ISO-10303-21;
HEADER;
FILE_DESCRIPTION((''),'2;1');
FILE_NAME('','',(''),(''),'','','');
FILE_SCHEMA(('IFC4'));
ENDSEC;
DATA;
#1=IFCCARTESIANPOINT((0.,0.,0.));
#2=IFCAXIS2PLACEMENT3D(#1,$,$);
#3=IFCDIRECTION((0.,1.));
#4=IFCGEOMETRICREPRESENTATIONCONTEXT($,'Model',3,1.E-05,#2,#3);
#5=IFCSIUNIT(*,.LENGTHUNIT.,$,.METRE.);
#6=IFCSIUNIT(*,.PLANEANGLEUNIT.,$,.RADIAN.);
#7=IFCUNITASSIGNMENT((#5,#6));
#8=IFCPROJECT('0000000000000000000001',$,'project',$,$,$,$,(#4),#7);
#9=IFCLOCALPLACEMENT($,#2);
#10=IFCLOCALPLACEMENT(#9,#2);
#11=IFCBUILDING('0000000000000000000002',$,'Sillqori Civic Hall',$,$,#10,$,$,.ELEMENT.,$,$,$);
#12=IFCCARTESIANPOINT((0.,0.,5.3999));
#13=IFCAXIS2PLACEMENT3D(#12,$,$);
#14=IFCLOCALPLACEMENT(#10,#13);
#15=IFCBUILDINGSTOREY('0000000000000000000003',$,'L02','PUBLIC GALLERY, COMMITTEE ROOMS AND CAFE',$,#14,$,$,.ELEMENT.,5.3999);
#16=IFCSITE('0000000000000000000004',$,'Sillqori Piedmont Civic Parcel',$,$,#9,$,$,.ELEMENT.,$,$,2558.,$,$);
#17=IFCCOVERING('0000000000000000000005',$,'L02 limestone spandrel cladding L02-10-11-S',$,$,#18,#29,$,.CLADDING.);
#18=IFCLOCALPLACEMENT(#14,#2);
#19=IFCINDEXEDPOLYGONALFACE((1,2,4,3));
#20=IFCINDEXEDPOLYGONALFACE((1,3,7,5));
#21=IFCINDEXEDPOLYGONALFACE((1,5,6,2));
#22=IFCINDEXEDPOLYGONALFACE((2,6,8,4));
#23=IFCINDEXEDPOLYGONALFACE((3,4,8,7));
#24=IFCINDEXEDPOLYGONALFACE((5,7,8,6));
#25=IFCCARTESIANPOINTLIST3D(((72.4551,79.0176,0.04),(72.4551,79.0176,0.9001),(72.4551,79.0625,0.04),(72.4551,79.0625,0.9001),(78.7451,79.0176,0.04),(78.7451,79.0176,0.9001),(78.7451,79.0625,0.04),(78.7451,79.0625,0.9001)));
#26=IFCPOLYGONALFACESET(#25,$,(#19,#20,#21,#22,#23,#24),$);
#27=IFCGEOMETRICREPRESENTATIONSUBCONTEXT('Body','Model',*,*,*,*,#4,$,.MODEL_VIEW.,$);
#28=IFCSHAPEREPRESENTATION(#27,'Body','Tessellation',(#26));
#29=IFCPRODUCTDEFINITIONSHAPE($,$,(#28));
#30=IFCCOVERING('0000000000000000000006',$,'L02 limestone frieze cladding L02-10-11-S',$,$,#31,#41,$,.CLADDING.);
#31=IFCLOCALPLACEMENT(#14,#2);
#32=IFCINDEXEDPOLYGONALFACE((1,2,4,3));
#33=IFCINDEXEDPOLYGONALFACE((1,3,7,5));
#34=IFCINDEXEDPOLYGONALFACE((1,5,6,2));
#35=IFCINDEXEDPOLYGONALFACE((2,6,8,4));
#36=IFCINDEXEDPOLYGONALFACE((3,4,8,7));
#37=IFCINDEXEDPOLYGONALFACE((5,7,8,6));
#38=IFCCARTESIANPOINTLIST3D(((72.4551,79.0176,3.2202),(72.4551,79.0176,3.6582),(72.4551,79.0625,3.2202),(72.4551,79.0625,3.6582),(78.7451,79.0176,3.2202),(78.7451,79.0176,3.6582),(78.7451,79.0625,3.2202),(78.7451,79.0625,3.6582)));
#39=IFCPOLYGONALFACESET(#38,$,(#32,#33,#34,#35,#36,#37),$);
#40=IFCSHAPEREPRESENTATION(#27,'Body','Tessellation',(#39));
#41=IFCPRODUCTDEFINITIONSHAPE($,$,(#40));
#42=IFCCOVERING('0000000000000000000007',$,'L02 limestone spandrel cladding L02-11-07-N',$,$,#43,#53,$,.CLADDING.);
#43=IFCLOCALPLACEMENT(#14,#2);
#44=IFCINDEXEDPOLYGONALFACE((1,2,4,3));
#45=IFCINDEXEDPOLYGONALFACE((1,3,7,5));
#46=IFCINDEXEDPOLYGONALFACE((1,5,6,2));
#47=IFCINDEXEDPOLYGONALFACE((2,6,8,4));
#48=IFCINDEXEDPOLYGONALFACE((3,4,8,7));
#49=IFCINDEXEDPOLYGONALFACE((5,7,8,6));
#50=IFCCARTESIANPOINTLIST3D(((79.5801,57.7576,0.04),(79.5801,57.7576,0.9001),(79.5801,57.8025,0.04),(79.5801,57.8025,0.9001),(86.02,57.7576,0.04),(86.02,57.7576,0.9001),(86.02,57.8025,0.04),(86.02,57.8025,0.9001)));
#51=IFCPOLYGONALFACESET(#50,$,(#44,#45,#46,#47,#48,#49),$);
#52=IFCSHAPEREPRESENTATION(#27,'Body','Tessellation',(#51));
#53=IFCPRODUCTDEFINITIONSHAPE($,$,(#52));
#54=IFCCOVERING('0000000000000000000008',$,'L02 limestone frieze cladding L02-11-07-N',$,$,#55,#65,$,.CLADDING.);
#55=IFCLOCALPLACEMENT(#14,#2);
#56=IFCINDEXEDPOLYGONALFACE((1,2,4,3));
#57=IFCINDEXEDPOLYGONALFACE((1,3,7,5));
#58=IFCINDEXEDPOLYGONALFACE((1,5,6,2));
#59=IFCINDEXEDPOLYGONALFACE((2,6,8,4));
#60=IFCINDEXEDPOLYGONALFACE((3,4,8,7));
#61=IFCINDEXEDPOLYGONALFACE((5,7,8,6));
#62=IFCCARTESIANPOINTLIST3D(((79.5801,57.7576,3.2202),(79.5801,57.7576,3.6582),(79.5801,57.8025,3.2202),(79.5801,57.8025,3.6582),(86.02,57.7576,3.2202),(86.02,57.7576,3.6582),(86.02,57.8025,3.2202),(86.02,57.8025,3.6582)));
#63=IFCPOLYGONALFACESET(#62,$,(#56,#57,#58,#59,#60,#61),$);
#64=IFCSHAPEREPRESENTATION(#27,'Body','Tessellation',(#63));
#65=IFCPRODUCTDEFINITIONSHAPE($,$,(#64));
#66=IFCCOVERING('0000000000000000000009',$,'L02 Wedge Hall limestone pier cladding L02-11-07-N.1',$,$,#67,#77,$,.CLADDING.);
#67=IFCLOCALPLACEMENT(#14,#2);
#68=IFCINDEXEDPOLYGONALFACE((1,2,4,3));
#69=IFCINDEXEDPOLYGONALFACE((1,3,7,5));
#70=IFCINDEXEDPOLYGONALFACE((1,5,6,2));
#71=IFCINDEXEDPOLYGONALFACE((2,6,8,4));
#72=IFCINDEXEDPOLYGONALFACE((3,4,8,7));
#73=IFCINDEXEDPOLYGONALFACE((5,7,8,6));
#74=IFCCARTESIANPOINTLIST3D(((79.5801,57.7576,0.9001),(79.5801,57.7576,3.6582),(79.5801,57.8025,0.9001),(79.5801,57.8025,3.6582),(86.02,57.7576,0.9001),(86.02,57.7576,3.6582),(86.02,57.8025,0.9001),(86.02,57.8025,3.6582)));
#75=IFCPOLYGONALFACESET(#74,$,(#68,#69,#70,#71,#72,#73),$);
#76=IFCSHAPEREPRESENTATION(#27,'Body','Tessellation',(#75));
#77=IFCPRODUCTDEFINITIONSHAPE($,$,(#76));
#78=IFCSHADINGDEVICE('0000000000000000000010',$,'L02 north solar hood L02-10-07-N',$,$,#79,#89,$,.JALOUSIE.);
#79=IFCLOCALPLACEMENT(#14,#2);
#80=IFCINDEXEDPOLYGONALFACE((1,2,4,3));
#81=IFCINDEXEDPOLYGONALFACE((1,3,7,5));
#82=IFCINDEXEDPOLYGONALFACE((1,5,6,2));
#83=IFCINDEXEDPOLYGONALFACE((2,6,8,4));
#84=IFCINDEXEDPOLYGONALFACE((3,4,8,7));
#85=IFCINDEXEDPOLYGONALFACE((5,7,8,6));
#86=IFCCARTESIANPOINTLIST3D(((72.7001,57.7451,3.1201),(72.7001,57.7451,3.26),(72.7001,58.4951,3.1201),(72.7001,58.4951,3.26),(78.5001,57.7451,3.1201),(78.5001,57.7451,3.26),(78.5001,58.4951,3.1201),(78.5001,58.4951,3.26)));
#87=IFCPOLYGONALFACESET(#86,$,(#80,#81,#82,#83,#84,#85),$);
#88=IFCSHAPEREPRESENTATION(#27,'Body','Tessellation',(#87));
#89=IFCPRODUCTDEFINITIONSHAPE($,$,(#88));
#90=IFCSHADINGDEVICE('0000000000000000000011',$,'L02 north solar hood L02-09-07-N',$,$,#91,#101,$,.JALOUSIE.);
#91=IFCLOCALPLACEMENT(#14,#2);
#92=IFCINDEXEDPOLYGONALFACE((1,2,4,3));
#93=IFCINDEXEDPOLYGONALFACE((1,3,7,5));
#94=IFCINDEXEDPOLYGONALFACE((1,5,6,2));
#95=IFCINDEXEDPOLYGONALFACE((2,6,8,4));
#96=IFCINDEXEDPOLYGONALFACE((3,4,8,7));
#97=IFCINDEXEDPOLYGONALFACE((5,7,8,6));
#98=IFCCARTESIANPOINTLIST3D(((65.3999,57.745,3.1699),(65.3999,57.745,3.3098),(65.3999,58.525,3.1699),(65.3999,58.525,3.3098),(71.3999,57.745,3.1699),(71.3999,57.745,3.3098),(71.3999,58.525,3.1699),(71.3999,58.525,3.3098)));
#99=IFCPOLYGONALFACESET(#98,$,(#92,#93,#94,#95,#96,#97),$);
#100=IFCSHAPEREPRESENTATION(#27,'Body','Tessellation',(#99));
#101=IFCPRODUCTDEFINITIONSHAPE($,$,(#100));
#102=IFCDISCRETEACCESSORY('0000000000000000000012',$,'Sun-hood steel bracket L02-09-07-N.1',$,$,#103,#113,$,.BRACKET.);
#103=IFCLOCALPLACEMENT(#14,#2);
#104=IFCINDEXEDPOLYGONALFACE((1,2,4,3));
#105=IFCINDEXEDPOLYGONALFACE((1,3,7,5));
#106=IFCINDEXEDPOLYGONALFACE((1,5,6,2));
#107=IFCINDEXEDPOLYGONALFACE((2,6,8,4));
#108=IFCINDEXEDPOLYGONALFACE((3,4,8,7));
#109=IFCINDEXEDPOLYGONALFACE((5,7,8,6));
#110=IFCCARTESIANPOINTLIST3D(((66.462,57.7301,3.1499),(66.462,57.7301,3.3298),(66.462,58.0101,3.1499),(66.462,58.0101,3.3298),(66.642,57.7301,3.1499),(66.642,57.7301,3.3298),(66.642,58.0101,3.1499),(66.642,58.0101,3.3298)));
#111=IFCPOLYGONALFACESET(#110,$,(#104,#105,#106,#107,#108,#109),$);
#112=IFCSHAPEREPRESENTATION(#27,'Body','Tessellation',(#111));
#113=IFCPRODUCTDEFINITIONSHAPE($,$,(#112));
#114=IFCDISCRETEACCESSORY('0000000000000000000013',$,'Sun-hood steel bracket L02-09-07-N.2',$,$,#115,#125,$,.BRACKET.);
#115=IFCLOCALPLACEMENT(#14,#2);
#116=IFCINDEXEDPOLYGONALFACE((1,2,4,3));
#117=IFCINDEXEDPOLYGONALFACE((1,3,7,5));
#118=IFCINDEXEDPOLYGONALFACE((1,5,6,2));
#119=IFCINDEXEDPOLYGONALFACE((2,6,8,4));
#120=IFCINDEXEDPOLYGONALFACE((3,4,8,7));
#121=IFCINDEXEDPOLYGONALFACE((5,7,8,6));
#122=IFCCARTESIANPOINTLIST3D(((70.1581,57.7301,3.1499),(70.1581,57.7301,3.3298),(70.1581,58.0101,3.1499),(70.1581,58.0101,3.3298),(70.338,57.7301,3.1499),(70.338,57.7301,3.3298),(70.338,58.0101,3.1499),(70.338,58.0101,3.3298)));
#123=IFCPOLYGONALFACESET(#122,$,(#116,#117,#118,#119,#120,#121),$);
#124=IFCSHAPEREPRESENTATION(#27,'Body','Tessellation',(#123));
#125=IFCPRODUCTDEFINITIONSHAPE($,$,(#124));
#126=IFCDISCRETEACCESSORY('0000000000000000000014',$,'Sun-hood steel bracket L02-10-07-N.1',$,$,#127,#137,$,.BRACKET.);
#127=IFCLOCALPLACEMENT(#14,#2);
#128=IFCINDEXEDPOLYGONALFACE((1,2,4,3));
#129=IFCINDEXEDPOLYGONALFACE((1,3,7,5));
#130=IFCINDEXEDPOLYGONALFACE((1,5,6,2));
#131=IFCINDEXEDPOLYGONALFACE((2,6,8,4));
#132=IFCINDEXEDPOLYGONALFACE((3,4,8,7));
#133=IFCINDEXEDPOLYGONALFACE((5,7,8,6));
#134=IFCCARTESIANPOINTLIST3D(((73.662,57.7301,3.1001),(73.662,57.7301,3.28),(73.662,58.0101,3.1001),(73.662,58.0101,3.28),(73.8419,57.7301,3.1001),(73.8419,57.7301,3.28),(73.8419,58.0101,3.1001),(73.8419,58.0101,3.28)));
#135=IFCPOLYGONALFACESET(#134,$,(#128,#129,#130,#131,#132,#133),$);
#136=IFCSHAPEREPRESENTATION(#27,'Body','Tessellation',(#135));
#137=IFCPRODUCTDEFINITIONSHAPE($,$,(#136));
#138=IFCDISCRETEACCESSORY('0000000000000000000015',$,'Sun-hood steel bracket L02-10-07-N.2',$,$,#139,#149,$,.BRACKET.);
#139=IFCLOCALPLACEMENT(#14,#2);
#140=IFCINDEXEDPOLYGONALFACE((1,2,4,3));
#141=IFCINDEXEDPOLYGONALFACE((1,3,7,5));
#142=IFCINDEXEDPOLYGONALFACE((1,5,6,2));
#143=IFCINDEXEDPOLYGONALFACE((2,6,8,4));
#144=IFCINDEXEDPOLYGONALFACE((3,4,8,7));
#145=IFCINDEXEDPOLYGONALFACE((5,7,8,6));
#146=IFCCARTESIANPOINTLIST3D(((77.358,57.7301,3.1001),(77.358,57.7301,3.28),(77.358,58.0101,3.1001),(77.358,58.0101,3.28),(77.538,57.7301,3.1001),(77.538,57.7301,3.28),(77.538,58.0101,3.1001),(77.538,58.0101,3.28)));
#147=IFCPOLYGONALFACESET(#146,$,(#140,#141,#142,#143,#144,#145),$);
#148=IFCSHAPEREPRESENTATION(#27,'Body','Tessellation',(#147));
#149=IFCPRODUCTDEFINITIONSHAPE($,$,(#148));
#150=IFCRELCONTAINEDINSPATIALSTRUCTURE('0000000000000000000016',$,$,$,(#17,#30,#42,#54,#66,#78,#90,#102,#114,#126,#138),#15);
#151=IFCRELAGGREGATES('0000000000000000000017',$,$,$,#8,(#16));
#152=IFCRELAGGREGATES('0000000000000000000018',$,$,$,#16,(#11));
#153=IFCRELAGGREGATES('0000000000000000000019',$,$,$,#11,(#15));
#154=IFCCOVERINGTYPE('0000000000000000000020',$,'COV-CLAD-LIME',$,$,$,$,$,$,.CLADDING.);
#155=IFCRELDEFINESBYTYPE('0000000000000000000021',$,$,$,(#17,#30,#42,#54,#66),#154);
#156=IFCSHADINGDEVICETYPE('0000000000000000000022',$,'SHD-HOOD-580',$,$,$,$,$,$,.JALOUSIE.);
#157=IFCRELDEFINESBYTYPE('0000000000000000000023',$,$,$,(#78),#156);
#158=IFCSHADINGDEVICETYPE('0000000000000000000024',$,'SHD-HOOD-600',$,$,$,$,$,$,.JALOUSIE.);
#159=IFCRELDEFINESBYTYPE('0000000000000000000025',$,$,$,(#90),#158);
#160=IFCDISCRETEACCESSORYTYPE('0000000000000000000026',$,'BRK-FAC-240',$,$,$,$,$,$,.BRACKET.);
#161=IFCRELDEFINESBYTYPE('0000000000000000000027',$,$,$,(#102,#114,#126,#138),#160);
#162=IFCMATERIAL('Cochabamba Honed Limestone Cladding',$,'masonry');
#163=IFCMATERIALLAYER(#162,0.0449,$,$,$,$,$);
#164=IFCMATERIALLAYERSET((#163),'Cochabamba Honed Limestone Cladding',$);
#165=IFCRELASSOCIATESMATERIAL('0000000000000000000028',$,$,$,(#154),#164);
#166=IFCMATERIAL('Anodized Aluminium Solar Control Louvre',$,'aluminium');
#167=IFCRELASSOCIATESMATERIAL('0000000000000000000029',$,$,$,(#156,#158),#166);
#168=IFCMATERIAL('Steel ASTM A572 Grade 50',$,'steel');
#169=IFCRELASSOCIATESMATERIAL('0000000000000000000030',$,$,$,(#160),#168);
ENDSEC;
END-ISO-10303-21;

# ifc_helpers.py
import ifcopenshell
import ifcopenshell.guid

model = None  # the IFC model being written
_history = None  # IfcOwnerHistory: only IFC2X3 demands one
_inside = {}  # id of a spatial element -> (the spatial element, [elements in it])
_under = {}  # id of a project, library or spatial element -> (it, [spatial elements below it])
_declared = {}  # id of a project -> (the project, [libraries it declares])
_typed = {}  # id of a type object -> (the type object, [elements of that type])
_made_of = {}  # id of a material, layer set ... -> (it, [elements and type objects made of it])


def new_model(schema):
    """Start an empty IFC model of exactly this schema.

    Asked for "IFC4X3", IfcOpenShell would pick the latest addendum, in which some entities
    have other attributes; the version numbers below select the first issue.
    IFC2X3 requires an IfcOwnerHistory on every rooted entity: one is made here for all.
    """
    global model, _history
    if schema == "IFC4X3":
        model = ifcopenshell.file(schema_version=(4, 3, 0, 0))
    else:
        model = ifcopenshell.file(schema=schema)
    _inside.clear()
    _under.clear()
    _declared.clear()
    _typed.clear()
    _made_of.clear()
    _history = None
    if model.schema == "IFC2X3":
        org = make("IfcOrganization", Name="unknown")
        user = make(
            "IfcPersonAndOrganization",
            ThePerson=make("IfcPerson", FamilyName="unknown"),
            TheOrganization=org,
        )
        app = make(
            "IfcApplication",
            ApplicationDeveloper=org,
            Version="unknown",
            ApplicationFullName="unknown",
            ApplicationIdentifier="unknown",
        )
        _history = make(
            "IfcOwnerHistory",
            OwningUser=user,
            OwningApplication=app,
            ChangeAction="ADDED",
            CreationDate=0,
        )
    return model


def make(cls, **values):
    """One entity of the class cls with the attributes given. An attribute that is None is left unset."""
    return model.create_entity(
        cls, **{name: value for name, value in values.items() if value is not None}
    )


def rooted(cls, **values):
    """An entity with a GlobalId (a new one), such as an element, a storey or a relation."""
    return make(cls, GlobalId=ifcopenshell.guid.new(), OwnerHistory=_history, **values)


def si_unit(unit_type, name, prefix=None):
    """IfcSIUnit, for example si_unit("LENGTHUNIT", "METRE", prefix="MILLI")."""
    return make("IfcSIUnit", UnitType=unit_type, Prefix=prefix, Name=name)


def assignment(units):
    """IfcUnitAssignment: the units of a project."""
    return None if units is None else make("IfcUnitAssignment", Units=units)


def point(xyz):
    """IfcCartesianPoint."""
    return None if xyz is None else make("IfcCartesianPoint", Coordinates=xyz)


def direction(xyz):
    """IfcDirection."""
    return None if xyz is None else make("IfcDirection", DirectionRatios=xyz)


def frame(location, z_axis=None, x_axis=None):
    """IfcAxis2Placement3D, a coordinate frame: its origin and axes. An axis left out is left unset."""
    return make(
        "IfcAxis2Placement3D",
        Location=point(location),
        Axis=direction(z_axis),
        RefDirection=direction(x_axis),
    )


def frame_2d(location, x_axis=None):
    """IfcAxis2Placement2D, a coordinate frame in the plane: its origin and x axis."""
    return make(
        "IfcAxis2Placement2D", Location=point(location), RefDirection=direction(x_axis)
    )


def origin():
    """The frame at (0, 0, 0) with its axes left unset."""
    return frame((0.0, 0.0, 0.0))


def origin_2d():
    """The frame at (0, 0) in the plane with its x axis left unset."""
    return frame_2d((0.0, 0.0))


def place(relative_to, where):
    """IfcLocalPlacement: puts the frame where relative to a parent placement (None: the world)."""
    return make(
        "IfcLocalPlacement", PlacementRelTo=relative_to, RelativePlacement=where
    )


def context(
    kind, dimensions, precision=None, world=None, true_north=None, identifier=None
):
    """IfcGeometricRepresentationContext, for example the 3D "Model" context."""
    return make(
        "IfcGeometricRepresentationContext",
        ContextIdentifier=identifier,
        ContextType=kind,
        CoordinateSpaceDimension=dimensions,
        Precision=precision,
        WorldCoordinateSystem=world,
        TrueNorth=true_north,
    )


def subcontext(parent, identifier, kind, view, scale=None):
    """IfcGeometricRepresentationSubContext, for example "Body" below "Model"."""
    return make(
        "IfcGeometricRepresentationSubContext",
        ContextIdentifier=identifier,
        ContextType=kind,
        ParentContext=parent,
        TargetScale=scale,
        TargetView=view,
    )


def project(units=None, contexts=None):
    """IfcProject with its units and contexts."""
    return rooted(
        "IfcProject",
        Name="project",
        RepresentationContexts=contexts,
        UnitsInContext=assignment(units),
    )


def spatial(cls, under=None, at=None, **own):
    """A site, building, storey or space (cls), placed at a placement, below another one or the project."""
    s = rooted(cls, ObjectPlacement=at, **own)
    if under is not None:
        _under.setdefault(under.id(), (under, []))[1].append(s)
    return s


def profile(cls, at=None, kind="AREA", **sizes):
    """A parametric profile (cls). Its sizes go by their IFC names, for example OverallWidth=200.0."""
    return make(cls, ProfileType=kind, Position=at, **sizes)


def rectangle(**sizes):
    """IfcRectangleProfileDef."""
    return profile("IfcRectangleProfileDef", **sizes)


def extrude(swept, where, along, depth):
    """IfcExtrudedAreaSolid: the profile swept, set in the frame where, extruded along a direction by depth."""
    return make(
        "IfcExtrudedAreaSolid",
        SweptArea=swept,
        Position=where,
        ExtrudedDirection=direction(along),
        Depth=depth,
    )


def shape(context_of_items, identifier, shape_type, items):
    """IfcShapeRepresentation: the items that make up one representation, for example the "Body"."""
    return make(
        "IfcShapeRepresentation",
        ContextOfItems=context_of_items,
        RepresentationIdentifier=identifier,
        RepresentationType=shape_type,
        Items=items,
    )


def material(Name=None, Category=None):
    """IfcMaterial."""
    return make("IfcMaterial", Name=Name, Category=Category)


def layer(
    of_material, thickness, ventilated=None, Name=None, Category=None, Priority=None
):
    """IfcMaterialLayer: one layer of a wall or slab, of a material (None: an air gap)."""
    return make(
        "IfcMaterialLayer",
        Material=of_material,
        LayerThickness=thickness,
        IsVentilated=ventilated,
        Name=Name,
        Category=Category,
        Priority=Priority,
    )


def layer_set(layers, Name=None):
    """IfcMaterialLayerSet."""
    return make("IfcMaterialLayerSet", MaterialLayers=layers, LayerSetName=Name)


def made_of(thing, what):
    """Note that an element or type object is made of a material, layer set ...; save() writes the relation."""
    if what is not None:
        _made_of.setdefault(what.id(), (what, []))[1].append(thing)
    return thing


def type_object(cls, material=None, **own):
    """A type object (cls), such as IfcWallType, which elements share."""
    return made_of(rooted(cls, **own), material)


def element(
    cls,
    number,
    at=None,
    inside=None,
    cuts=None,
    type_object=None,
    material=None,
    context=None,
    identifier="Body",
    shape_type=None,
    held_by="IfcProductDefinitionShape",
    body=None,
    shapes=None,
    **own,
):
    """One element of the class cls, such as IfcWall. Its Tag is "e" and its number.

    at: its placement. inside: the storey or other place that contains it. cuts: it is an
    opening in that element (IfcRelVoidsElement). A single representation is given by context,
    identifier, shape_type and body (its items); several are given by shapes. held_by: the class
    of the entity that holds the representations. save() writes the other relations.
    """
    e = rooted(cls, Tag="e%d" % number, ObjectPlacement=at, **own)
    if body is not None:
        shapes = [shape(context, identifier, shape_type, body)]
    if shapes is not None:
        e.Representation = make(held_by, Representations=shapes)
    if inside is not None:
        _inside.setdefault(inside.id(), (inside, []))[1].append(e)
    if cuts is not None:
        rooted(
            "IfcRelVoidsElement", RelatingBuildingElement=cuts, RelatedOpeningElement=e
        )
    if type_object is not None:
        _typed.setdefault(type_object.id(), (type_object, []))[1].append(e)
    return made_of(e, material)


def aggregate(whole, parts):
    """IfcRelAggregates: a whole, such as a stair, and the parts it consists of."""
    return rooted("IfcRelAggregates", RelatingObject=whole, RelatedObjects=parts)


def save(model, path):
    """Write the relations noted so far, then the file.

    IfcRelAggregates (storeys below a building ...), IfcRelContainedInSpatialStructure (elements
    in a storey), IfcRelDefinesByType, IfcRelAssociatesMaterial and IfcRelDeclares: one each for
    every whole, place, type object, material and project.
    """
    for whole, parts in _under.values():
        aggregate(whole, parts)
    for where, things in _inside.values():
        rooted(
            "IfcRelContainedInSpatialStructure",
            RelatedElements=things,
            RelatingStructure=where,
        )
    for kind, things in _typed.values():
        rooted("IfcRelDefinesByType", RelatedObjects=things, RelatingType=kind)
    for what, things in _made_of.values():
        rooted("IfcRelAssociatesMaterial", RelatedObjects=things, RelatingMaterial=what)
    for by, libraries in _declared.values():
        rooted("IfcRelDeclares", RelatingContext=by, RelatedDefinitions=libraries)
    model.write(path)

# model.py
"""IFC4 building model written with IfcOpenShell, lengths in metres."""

from ifc_helpers import new_model, si_unit, direction, frame, frame_2d, origin, origin_2d, place, context, subcontext, project, spatial, rectangle, extrude, material, layer, layer_set, type_object, element, save


model = new_model("IFC4")

# Units and contexts
model_context = context("Model", 3, precision=1e-05, world=origin(), true_north=direction((0.0, 1.0)))
body_context = subcontext(model_context, "Body", "Model", "MODEL_VIEW")
ifc_project = project(units=[si_unit("LENGTHUNIT", "METRE"), si_unit("PLANEANGLEUNIT", "RADIAN")], contexts=[model_context])

# Site, building, storey
site_placement = place(None, origin())
site = spatial("IfcSite", under=ifc_project, at=site_placement, Name="Sillqori Piedmont Civic Parcel", CompositionType="ELEMENT", RefElevation=2558.0)
building_placement = place(site_placement, origin())
building = spatial("IfcBuilding", under=site, at=building_placement, Name="Sillqori Civic Hall", CompositionType="ELEMENT")
storey_placement = place(building_placement, frame((0.0, 0.0, 5.3999)))
storey = spatial("IfcBuildingStorey", under=building, at=storey_placement, Name="L02", Description="PUBLIC GALLERY, COMMITTEE ROOMS AND CAFE", CompositionType="ELEMENT", Elevation=5.3999)

# Coverings
ifc_material_1 = material(Name="Cochabamba Honed Limestone Cladding", Category="masonry")
ifc_layer_1 = layer(ifc_material_1, 0.0449)
ifc_layer_set_1 = layer_set([ifc_layer_1], Name="Cochabamba Honed Limestone Cladding")
covering_type = type_object("IfcCoveringType", Name="COV-CLAD-LIME", PredefinedType="CLADDING", material=ifc_layer_set_1)
covering_1_placement = place(storey_placement, frame((78.7451, 79.04, 0.04), z_axis=(0.0, 0.0, 1.0), x_axis=(-1.0, 0.0, 0.0)))
element("IfcCovering", 1, at=covering_1_placement, inside=storey, type_object=covering_type, Name="L02 limestone spandrel cladding L02-10-11-S", PredefinedType="CLADDING", context=body_context, shape_type="SweptSolid", body=[
    extrude(rectangle(XDim=6.29, YDim=0.0449, at=frame_2d((3.145, 0.0))), origin(), (0.0, 0.0, 1.0), 0.8601),
])
covering_2_placement = place(storey_placement, frame((78.7451, 79.04, 3.2202), z_axis=(0.0, 0.0, 1.0), x_axis=(-1.0, 0.0, 0.0)))
element("IfcCovering", 2, at=covering_2_placement, inside=storey, type_object=covering_type, Name="L02 limestone frieze cladding L02-10-11-S", PredefinedType="CLADDING", context=body_context, shape_type="SweptSolid", body=[
    extrude(rectangle(XDim=6.29, YDim=0.0449, at=frame_2d((3.145, 0.0))), origin(), (0.0, 0.0, 1.0), 0.438),
])
covering_3_placement = place(storey_placement, frame((79.5801, 57.78, 0.04), z_axis=(0.0, 0.0, 1.0), x_axis=(1.0, 0.0, 0.0)))
element("IfcCovering", 3, at=covering_3_placement, inside=storey, type_object=covering_type, Name="L02 limestone spandrel cladding L02-11-07-N", PredefinedType="CLADDING", context=body_context, shape_type="SweptSolid", body=[
    extrude(rectangle(XDim=6.4399, YDim=0.0449, at=frame_2d((3.22, 0.0))), origin(), (0.0, 0.0, 1.0), 0.8601),
])
covering_4_placement = place(storey_placement, frame((79.5801, 57.78, 3.2202), z_axis=(0.0, 0.0, 1.0), x_axis=(1.0, 0.0, 0.0)))
element("IfcCovering", 4, at=covering_4_placement, inside=storey, type_object=covering_type, Name="L02 limestone frieze cladding L02-11-07-N", PredefinedType="CLADDING", context=body_context, shape_type="SweptSolid", body=[
    extrude(rectangle(XDim=6.4399, YDim=0.0449, at=frame_2d((3.22, 0.0))), origin(), (0.0, 0.0, 1.0), 0.438),
])
covering_5_placement = place(storey_placement, frame((79.5801, 57.78, 0.9001), z_axis=(0.0, 0.0, 1.0), x_axis=(1.0, 0.0, 0.0)))
element("IfcCovering", 5, at=covering_5_placement, inside=storey, type_object=covering_type, Name="L02 Wedge Hall limestone pier cladding L02-11-07-N.1", PredefinedType="CLADDING", context=body_context, shape_type="SweptSolid", body=[
    extrude(rectangle(XDim=6.4399, YDim=0.0449, at=frame_2d((3.22, 0.0))), origin(), (0.0, 0.0, 1.0), 2.7581),
])

# Shading devices
ifc_material_2 = material(Name="Anodized Aluminium Solar Control Louvre", Category="aluminium")
shading_device_type_1 = type_object("IfcShadingDeviceType", Name="SHD-HOOD-580", PredefinedType="JALOUSIE", material=ifc_material_2)
shading_device_1_placement = place(storey_placement, frame((75.6001, 58.1201, 3.1201), z_axis=(0.0, 0.0, 1.0), x_axis=(1.0, 0.0, 0.0)))
element("IfcShadingDevice", 6, at=shading_device_1_placement, inside=storey, type_object=shading_device_type_1, Name="L02 north solar hood L02-10-07-N", PredefinedType="JALOUSIE", context=body_context, shape_type="SweptSolid", body=[
    extrude(rectangle(XDim=5.8, YDim=0.75, at=origin_2d()), origin(), (0.0, 0.0, 1.0), 0.1399),
])
shading_device_type_2 = type_object("IfcShadingDeviceType", Name="SHD-HOOD-600", PredefinedType="JALOUSIE", material=ifc_material_2)
shading_device_2_placement = place(storey_placement, frame((68.3999, 58.135, 3.1699), z_axis=(0.0, 0.0, 1.0), x_axis=(1.0, 0.0, 0.0)))
element("IfcShadingDevice", 7, at=shading_device_2_placement, inside=storey, type_object=shading_device_type_2, Name="L02 north solar hood L02-09-07-N", PredefinedType="JALOUSIE", context=body_context, shape_type="SweptSolid", body=[
    extrude(rectangle(XDim=6.0, YDim=0.78, at=origin_2d()), origin(), (0.0, 0.0, 1.0), 0.1399),
])

# Discrete accessories
ifc_material_3 = material(Name="Steel ASTM A572 Grade 50", Category="steel")
discrete_accessory_type = type_object("IfcDiscreteAccessoryType", Name="BRK-FAC-240", PredefinedType="BRACKET", material=ifc_material_3)
for number, where, z_axis, x_axis, name in (
    (8, (66.552, 57.8701, 3.1499), (0.0, 0.0, 1.0), (1.0, 0.0, 0.0), "Sun-hood steel bracket L02-09-07-N.1"),
    (9, (70.248, 57.8701, 3.1499), (0.0, 0.0, 1.0), (1.0, 0.0, 0.0), "Sun-hood steel bracket L02-09-07-N.2"),
    (10, (73.752, 57.8701, 3.1001), (0.0, 0.0, 1.0), (1.0, 0.0, 0.0), "Sun-hood steel bracket L02-10-07-N.1"),
    (11, (77.448, 57.8701, 3.1001), (0.0, 0.0, 1.0), (1.0, 0.0, 0.0), "Sun-hood steel bracket L02-10-07-N.2"),
):
    element("IfcDiscreteAccessory", number, at=place(storey_placement, frame(where, z_axis=z_axis, x_axis=x_axis)), inside=storey, type_object=discrete_accessory_type, Name=name, PredefinedType="BRACKET", context=body_context, shape_type="SweptSolid", body=[
        extrude(rectangle(XDim=0.1799, YDim=0.28, at=origin_2d()), origin(), (0.0, 0.0, 1.0), 0.1799),
    ])

save(model, "model.ifc")
